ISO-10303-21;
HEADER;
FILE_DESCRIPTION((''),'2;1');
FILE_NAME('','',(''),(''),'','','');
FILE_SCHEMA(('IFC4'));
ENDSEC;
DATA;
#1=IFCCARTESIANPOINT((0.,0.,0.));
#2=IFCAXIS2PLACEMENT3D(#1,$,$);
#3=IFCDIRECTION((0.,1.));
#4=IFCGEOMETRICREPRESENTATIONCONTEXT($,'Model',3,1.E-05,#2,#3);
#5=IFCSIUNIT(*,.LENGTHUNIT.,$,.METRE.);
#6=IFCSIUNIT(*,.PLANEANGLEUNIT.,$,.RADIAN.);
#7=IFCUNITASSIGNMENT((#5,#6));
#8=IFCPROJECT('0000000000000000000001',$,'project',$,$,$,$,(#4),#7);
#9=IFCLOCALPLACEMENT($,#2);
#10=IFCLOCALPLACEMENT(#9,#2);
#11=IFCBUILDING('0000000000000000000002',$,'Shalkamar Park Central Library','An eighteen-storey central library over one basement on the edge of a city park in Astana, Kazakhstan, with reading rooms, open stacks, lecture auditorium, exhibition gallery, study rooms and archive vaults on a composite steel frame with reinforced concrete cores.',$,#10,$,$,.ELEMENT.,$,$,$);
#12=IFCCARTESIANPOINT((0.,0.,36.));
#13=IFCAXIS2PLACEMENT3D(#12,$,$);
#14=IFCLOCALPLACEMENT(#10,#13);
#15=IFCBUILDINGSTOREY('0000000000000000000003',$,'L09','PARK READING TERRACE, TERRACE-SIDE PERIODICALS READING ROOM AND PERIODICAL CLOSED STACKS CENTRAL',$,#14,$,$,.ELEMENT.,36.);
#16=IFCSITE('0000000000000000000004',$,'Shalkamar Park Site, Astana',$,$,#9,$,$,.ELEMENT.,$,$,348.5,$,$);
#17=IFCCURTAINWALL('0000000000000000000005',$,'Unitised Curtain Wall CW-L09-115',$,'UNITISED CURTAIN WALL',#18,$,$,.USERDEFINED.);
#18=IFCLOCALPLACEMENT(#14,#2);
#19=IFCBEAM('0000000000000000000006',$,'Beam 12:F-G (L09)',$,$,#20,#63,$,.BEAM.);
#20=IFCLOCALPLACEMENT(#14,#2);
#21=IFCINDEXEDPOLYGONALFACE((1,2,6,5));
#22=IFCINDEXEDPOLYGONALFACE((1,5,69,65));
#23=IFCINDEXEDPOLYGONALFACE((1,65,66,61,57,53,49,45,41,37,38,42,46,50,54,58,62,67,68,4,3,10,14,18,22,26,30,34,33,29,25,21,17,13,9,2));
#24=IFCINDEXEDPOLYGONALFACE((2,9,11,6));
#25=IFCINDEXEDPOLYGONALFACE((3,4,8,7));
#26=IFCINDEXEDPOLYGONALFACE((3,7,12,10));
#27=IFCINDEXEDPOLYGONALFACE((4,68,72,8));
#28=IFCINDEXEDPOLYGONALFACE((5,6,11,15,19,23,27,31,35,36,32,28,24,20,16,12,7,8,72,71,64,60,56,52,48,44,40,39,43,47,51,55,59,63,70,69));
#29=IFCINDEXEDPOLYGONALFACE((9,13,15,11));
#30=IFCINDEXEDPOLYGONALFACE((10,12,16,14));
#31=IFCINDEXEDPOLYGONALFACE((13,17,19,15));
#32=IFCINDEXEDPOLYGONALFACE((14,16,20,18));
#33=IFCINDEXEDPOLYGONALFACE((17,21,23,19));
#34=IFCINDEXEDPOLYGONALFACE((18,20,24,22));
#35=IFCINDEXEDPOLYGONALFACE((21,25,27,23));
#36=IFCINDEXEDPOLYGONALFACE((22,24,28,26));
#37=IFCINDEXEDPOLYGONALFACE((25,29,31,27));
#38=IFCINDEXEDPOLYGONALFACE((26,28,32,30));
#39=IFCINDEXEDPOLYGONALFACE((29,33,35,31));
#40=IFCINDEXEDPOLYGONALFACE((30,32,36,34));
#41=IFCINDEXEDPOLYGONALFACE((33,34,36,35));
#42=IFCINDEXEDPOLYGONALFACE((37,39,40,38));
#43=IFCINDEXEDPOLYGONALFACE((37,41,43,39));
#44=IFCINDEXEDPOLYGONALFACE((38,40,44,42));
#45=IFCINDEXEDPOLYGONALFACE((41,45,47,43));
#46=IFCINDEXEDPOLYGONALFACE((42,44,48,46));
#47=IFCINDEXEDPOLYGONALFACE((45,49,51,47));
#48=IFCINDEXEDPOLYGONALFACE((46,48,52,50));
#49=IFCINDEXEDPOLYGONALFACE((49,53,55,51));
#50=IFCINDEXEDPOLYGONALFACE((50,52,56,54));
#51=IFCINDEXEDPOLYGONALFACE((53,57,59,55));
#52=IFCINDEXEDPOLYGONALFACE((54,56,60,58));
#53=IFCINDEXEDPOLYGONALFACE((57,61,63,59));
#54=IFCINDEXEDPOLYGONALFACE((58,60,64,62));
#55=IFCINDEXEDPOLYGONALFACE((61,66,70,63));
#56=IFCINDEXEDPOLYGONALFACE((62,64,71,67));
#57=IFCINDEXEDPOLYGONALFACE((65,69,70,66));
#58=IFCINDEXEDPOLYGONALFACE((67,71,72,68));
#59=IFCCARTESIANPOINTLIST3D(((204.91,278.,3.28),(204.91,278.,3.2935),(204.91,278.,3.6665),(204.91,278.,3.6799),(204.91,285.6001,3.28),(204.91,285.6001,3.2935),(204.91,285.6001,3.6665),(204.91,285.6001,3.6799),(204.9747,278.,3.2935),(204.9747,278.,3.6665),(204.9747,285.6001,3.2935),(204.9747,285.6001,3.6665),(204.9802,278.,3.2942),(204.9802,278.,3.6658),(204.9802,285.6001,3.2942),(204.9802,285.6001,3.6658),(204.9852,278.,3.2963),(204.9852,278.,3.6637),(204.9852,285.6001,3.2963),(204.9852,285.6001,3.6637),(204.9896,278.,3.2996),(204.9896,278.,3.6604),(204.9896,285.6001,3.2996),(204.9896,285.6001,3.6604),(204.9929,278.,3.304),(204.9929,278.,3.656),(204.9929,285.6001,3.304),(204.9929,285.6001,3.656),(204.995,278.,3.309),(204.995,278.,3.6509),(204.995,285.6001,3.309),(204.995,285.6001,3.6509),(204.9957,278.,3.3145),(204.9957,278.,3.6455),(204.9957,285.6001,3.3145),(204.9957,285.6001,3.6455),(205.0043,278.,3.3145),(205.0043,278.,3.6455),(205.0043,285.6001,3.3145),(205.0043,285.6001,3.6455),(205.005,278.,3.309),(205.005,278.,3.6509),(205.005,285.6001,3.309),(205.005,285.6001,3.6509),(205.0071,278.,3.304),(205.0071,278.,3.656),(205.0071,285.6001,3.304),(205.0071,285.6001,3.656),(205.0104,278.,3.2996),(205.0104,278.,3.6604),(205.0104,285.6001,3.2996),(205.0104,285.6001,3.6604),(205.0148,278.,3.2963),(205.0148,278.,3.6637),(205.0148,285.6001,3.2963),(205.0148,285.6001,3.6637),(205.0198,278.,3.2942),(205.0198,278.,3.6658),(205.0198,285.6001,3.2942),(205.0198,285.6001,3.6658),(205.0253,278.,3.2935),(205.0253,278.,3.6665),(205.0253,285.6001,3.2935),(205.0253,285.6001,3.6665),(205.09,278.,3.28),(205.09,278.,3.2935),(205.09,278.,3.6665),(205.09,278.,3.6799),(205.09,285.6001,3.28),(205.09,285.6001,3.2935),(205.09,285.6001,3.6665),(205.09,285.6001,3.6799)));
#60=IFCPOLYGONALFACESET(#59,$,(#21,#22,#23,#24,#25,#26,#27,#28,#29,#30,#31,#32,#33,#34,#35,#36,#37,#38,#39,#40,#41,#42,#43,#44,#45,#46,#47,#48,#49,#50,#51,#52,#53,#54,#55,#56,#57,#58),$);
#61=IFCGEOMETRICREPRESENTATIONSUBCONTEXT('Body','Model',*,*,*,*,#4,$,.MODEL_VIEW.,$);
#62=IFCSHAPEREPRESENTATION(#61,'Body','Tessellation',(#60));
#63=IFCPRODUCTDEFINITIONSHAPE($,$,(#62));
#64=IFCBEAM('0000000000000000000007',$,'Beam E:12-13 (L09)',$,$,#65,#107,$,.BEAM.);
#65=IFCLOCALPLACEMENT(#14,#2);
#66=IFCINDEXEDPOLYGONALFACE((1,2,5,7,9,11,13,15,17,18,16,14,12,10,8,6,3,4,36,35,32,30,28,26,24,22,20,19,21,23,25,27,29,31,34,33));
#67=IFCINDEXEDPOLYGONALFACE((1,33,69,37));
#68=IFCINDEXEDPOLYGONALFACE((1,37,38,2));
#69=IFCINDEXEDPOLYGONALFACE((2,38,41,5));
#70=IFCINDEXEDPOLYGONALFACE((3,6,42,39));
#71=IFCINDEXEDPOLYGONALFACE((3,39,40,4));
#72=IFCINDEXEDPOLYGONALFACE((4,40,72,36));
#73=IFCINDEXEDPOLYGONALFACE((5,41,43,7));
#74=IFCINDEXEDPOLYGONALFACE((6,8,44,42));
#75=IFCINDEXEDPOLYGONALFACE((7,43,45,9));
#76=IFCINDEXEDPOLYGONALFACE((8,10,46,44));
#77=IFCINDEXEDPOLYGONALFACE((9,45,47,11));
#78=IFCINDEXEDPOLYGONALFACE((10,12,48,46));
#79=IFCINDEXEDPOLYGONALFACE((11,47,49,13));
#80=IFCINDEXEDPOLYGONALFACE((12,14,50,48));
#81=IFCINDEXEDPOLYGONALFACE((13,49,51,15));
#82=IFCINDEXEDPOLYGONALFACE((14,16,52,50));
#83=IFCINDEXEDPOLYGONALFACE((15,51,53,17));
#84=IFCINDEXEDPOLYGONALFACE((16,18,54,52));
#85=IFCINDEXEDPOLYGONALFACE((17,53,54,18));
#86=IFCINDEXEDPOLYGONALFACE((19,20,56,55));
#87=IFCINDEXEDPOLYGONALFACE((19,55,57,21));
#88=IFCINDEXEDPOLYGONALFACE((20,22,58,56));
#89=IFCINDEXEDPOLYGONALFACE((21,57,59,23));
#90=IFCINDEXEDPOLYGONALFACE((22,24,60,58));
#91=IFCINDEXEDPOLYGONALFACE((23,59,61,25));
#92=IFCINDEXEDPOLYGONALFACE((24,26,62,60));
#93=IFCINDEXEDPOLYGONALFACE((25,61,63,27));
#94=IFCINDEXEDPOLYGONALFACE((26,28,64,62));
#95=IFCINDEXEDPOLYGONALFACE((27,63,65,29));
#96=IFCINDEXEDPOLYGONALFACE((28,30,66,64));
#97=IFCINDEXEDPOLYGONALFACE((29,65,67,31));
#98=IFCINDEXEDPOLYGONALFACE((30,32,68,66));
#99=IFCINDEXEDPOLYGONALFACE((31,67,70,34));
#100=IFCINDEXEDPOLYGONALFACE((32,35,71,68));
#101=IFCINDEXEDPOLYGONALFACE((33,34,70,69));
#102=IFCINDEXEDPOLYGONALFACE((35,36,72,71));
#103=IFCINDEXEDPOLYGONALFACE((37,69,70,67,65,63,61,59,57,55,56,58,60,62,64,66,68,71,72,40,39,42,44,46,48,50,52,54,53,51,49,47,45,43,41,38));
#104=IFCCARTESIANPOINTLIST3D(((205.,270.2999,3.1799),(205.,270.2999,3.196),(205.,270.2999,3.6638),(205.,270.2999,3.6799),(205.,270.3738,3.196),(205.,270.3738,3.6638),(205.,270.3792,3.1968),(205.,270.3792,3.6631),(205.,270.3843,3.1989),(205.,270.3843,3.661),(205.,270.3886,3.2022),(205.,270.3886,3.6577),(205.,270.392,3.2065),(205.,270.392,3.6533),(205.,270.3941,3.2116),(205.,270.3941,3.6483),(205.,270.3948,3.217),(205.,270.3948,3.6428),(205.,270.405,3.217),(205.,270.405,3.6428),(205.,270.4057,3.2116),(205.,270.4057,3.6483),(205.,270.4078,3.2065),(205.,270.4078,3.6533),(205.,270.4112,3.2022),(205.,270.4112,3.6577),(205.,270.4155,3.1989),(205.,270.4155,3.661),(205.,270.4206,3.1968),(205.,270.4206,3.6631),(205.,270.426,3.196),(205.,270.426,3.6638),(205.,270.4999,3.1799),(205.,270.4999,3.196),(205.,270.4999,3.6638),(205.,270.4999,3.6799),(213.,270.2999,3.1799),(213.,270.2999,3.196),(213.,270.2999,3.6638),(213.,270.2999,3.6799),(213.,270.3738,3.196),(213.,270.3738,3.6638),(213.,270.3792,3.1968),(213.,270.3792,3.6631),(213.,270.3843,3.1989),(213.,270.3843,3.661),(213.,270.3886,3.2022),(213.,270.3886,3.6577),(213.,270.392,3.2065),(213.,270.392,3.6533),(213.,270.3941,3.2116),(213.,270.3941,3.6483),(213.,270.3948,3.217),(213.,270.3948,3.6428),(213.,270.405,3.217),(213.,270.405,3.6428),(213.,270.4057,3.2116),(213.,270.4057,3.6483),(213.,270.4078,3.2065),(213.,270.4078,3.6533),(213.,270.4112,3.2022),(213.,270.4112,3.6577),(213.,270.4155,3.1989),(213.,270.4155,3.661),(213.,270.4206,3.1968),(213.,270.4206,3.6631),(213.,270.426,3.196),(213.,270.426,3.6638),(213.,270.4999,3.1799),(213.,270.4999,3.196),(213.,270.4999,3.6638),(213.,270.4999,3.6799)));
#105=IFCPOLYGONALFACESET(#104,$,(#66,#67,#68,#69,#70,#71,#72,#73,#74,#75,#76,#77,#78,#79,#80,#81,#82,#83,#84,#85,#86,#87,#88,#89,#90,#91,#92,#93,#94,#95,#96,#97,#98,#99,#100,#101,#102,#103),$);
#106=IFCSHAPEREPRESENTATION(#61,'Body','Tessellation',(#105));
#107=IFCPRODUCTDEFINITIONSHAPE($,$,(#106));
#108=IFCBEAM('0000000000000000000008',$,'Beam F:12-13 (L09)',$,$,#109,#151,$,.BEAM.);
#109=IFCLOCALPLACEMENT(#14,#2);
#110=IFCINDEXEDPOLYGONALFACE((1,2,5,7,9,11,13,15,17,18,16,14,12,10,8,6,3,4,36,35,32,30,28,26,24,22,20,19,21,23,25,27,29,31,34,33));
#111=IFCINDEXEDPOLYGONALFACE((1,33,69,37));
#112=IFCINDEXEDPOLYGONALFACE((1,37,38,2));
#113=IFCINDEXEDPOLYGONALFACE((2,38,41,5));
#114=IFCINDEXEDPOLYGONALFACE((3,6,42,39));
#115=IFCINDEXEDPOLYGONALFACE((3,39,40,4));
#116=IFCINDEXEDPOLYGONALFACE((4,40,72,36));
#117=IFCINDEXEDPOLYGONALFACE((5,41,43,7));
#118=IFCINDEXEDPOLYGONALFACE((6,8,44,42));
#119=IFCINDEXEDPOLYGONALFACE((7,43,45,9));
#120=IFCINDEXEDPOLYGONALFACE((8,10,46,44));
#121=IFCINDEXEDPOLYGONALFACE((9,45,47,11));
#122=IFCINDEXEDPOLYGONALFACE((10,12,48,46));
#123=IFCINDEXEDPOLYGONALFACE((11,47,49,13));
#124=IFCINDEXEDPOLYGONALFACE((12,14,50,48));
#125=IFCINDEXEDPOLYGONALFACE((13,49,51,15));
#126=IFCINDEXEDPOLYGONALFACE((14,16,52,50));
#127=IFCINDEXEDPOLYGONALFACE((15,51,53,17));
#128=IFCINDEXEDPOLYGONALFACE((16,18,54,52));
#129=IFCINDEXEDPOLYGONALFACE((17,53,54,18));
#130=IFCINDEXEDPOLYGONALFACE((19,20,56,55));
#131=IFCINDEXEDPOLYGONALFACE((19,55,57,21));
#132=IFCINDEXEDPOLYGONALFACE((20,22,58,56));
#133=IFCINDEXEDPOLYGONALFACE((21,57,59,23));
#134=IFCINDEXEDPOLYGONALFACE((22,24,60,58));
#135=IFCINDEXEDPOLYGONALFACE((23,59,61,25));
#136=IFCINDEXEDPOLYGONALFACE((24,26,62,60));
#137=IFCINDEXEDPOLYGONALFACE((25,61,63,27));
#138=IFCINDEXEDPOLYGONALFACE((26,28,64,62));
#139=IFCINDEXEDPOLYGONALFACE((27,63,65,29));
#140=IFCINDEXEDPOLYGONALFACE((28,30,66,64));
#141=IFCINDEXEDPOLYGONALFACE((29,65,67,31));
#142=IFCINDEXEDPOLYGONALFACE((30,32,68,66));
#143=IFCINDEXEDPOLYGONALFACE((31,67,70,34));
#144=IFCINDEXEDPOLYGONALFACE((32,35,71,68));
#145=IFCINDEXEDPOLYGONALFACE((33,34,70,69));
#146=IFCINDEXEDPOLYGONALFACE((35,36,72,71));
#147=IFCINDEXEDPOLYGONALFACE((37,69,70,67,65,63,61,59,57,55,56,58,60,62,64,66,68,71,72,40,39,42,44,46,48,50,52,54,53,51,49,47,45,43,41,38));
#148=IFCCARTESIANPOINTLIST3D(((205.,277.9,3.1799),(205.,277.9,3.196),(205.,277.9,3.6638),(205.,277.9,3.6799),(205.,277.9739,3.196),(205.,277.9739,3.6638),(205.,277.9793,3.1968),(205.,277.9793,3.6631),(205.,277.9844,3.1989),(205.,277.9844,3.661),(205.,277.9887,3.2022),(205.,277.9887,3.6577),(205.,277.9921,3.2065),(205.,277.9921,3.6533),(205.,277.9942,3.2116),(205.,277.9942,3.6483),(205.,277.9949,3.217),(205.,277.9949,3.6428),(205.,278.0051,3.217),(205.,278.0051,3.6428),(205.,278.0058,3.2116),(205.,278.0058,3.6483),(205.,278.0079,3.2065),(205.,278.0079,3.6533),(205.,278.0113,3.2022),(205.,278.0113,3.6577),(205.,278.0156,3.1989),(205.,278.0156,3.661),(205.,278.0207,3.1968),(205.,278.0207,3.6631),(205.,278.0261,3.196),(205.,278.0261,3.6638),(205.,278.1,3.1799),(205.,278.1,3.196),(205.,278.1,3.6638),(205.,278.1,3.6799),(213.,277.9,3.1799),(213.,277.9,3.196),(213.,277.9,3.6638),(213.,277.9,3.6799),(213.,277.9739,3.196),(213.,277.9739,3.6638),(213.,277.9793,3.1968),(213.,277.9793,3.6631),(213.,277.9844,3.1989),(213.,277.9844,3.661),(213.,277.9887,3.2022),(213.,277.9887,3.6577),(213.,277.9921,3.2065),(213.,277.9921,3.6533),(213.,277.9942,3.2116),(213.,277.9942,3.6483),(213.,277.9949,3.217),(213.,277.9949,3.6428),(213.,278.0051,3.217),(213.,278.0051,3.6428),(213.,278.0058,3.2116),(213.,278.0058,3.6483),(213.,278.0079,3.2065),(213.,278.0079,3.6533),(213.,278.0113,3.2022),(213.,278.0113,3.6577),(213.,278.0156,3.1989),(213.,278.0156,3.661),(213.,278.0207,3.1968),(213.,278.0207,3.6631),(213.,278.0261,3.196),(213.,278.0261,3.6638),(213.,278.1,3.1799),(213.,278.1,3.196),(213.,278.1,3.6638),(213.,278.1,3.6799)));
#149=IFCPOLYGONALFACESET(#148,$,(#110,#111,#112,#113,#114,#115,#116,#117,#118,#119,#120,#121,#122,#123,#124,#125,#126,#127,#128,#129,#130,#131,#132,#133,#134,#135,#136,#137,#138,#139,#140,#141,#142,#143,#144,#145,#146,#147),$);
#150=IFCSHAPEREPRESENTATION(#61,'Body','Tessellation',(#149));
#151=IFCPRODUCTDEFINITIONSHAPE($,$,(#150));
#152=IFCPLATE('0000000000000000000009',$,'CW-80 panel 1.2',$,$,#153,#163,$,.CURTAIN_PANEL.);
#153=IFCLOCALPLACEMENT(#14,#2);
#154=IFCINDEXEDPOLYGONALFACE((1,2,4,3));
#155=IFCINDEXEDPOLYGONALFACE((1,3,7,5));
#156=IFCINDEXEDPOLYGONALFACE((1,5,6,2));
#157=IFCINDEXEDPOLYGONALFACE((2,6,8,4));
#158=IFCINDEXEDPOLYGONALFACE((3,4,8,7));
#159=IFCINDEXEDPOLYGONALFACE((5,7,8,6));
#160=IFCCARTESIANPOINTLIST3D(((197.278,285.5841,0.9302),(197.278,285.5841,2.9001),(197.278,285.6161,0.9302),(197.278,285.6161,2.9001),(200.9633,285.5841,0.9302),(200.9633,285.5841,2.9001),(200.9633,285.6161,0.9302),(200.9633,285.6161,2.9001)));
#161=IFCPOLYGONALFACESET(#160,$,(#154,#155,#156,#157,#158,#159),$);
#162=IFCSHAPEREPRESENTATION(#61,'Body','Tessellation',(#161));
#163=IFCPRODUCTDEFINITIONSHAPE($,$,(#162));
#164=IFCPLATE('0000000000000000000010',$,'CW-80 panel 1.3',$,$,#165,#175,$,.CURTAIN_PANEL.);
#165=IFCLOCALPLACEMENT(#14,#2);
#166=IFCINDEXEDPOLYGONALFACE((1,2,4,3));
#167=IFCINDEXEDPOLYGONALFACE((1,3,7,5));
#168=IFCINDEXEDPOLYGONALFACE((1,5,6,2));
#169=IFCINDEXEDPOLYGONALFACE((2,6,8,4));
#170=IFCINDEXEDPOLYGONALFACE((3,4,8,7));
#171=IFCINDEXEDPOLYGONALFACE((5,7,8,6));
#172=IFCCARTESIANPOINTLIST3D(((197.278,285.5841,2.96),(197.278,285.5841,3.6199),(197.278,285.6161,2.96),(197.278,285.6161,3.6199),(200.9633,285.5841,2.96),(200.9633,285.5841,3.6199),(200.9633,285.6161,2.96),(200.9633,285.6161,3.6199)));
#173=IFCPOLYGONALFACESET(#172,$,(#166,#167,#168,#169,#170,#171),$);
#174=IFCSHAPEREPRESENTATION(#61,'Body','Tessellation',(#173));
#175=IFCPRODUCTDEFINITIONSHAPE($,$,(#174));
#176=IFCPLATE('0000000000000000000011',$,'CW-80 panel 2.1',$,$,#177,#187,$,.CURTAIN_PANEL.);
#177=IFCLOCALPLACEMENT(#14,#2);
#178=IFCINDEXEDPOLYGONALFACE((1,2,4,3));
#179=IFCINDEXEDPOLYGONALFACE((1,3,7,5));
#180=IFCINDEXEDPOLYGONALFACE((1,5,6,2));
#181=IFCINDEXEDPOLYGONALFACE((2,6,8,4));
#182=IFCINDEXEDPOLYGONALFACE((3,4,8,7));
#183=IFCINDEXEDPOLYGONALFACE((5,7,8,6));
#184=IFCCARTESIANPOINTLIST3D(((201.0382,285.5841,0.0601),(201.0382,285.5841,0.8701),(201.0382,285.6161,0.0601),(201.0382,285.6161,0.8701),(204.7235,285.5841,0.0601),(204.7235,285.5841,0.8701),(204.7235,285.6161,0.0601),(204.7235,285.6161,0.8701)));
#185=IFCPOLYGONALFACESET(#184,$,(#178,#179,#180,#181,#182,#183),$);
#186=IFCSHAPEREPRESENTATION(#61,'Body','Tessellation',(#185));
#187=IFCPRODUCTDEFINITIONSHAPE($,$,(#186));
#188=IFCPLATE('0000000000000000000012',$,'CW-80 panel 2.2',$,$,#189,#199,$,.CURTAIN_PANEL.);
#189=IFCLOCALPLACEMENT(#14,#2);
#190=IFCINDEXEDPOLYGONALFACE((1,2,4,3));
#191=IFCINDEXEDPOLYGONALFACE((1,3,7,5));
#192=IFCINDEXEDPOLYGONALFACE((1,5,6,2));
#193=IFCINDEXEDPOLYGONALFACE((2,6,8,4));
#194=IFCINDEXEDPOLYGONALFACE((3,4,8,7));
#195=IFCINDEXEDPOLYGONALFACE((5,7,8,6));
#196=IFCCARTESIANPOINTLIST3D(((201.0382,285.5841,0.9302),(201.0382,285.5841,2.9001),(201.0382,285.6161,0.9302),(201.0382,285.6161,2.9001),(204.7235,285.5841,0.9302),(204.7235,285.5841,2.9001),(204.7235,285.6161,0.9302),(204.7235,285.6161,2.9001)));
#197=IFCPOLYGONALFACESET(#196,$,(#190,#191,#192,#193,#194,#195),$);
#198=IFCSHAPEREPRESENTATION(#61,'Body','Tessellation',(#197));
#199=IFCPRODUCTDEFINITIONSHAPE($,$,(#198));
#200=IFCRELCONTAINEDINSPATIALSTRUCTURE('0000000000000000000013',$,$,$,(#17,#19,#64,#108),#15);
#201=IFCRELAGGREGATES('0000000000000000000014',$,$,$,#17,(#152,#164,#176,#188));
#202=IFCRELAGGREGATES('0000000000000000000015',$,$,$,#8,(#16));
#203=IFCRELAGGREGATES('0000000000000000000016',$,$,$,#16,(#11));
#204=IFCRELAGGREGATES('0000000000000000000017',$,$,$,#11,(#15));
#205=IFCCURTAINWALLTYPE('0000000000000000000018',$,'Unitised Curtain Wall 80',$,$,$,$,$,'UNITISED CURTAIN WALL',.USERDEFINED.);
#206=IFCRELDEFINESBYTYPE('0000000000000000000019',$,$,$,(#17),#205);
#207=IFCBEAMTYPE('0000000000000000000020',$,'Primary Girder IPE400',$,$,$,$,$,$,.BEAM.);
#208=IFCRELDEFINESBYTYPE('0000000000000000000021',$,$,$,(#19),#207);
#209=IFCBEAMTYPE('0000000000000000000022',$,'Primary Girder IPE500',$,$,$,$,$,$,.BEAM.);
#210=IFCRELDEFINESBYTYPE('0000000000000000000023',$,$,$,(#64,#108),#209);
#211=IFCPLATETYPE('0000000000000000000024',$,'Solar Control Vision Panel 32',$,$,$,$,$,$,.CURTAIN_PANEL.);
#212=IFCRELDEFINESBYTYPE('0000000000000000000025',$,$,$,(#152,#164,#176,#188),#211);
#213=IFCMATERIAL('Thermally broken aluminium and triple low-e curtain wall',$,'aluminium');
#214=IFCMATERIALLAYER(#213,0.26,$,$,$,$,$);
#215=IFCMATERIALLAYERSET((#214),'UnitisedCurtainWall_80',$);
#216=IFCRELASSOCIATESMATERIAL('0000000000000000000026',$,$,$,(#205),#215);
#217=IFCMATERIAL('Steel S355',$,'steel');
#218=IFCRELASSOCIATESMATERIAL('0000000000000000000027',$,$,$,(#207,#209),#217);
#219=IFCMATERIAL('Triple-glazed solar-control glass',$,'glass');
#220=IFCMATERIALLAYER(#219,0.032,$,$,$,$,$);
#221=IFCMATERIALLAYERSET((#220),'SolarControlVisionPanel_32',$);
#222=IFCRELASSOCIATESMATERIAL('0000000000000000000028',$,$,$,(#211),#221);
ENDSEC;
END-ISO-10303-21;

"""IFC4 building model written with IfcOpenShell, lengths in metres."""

from ifc_helpers import new_model, si_unit, direction, frame, origin, origin_2d, place, context, subcontext, project, spatial, rectangle, i_section, extrude, material, layer, layer_set, material_profile, profile_set, type_object, element, aggregate, save


model = new_model("IFC4")

# Units and contexts
model_context = context("Model", 3, precision=1e-05, world=origin(), true_north=direction((0.0, 1.0)))
body_context = subcontext(model_context, "Body", "Model", "MODEL_VIEW")
ifc_project = project(units=[si_unit("LENGTHUNIT", "METRE"), si_unit("PLANEANGLEUNIT", "RADIAN")], contexts=[model_context])

# Site, building, storey
site_placement = place(None, origin())
site = spatial("IfcSite", under=ifc_project, at=site_placement, Name="Shalkamar Park Site, Astana", CompositionType="ELEMENT", RefElevation=348.5)
building_placement = place(site_placement, origin())
building = spatial("IfcBuilding", under=site, at=building_placement, Name="Shalkamar Park Central Library", Description="An eighteen-storey central library over one basement on the edge of a city park in Astana, Kazakhstan, with reading rooms, open stacks, lecture auditorium, exhibition gallery, study rooms and archive vaults on a composite steel frame with reinforced concrete cores.", CompositionType="ELEMENT")
storey_placement = place(building_placement, frame((0.0, 0.0, 36.0)))
storey = spatial("IfcBuildingStorey", under=building, at=storey_placement, Name="L09", Description="PARK READING TERRACE, TERRACE-SIDE PERIODICALS READING ROOM AND PERIODICAL CLOSED STACKS CENTRAL", CompositionType="ELEMENT", Elevation=36.0)

# Shared definitions
ifc_material_1 = material(Name="Steel S355", Category="steel")

# Curtain wall
ifc_material_2 = material(Name="Thermally broken aluminium and triple low-e curtain wall", Category="aluminium")
ifc_layer_1 = layer(ifc_material_2, 0.26)
ifc_layer_set_1 = layer_set([ifc_layer_1], Name="UnitisedCurtainWall_80")
curtain_wall_type = type_object("IfcCurtainWallType", Name="Unitised Curtain Wall 80", ElementType="UNITISED CURTAIN WALL", PredefinedType="USERDEFINED", material=ifc_layer_set_1)
curtain_wall_placement = place(storey_placement, origin())
curtain_wall = element("IfcCurtainWall", 1, at=curtain_wall_placement, inside=storey, type_object=curtain_wall_type, Name="Unitised Curtain Wall CW-L09-115", ObjectType="UNITISED CURTAIN WALL", PredefinedType="USERDEFINED")

# Beams
ifc_material_profile_1 = material_profile(ifc_material_1, i_section(OverallWidth=0.1799, OverallDepth=0.3999, WebThickness=0.0085, FlangeThickness=0.0134, FilletRadius=0.021, at=origin_2d()), Name="IPE 400")
ifc_profile_set_1 = profile_set([ifc_material_profile_1], Name="Steel S355")
beam_type_1 = type_object("IfcBeamType", Name="Primary Girder IPE400", PredefinedType="BEAM", material=ifc_profile_set_1)
for number, where, z_axis, x_axis, name in (
    (2, (205.0, 278.0, 3.48), (0.0, 1.0, 0.0), (-1.0, 0.0, 0.0), "Beam 12:F-G (L09)"),
):
    element("IfcBeam", number, at=place(storey_placement, frame(where, z_axis=z_axis, x_axis=x_axis)), inside=storey, type_object=beam_type_1, Name=name, PredefinedType="BEAM", context=body_context, shape_type="SweptSolid", body=[
        extrude(i_section(OverallWidth=0.1799, OverallDepth=0.3999, WebThickness=0.0085, FlangeThickness=0.0134, FilletRadius=0.021, at=origin_2d()), origin(), (0.0, 0.0, 1.0), 7.6001),
    ])
ifc_material_profile_2 = material_profile(ifc_material_1, i_section(OverallWidth=0.2, OverallDepth=0.5, WebThickness=0.0103, FlangeThickness=0.0161, FilletRadius=0.021, at=origin_2d()), Name="IPE 500")
ifc_profile_set_2 = profile_set([ifc_material_profile_2], Name="Steel S355")
beam_type_2 = type_object("IfcBeamType", Name="Primary Girder IPE500", PredefinedType="BEAM", material=ifc_profile_set_2)
for number, where, z_axis, x_axis, name in (
    (3, (205.0, 270.3999, 3.4299), (1.0, 0.0, 0.0), (0.0, 1.0, 0.0), "Beam E:12-13 (L09)"),
    (4, (205.0, 278.0, 3.4299), (1.0, 0.0, 0.0), (0.0, 1.0, 0.0), "Beam F:12-13 (L09)"),
):
    element("IfcBeam", number, at=place(storey_placement, frame(where, z_axis=z_axis, x_axis=x_axis)), inside=storey, type_object=beam_type_2, Name=name, PredefinedType="BEAM", context=body_context, shape_type="SweptSolid", body=[
        extrude(i_section(OverallWidth=0.2, OverallDepth=0.5, WebThickness=0.0103, FlangeThickness=0.0161, FilletRadius=0.021, at=origin_2d()), origin(), (0.0, 0.0, 1.0), 8.0),
    ])

# Plates
ifc_material_3 = material(Name="Triple-glazed solar-control glass", Category="glass")
ifc_layer_2 = layer(ifc_material_3, 0.032)
ifc_layer_set_2 = layer_set([ifc_layer_2], Name="SolarControlVisionPanel_32")
plate_type = type_object("IfcPlateType", Name="Solar Control Vision Panel 32", PredefinedType="CURTAIN_PANEL", material=ifc_layer_set_2)
plate_1_placement = place(storey_placement, frame((199.1206, 285.6001, 0.9302), z_axis=(0.0, 0.0, 1.0), x_axis=(1.0, 0.0, 0.0)))
plate_1 = element("IfcPlate", 5, at=plate_1_placement, type_object=plate_type, Name="CW-80 panel 1.2", PredefinedType="CURTAIN_PANEL", context=body_context, shape_type="SweptSolid", body=[
    extrude(rectangle(XDim=3.6853, YDim=0.032, at=origin_2d()), origin(), (0.0, 0.0, 1.0), 1.97),
])
plate_2_placement = place(storey_placement, frame((199.1206, 285.6001, 2.96), z_axis=(0.0, 0.0, 1.0), x_axis=(1.0, 0.0, 0.0)))
plate_2 = element("IfcPlate", 6, at=plate_2_placement, type_object=plate_type, Name="CW-80 panel 1.3", PredefinedType="CURTAIN_PANEL", context=body_context, shape_type="SweptSolid", body=[
    extrude(rectangle(XDim=3.6853, YDim=0.032, at=origin_2d()), origin(), (0.0, 0.0, 1.0), 0.6599),
])
plate_3_placement = place(storey_placement, frame((202.8809, 285.6001, 0.0601), z_axis=(0.0, 0.0, 1.0), x_axis=(1.0, 0.0, 0.0)))
plate_3 = element("IfcPlate", 7, at=plate_3_placement, type_object=plate_type, Name="CW-80 panel 2.1", PredefinedType="CURTAIN_PANEL", context=body_context, shape_type="SweptSolid", body=[
    extrude(rectangle(XDim=3.6853, YDim=0.032, at=origin_2d()), origin(), (0.0, 0.0, 1.0), 0.8101),
])
plate_4_placement = place(storey_placement, frame((202.8809, 285.6001, 0.9302), z_axis=(0.0, 0.0, 1.0), x_axis=(1.0, 0.0, 0.0)))
plate_4 = element("IfcPlate", 8, at=plate_4_placement, type_object=plate_type, Name="CW-80 panel 2.2", PredefinedType="CURTAIN_PANEL", context=body_context, shape_type="SweptSolid", body=[
    extrude(rectangle(XDim=3.6853, YDim=0.032, at=origin_2d()), origin(), (0.0, 0.0, 1.0), 1.97),
])
aggregate(curtain_wall, [plate_1, plate_2, plate_3, plate_4])

save(model, "model.ifc")
